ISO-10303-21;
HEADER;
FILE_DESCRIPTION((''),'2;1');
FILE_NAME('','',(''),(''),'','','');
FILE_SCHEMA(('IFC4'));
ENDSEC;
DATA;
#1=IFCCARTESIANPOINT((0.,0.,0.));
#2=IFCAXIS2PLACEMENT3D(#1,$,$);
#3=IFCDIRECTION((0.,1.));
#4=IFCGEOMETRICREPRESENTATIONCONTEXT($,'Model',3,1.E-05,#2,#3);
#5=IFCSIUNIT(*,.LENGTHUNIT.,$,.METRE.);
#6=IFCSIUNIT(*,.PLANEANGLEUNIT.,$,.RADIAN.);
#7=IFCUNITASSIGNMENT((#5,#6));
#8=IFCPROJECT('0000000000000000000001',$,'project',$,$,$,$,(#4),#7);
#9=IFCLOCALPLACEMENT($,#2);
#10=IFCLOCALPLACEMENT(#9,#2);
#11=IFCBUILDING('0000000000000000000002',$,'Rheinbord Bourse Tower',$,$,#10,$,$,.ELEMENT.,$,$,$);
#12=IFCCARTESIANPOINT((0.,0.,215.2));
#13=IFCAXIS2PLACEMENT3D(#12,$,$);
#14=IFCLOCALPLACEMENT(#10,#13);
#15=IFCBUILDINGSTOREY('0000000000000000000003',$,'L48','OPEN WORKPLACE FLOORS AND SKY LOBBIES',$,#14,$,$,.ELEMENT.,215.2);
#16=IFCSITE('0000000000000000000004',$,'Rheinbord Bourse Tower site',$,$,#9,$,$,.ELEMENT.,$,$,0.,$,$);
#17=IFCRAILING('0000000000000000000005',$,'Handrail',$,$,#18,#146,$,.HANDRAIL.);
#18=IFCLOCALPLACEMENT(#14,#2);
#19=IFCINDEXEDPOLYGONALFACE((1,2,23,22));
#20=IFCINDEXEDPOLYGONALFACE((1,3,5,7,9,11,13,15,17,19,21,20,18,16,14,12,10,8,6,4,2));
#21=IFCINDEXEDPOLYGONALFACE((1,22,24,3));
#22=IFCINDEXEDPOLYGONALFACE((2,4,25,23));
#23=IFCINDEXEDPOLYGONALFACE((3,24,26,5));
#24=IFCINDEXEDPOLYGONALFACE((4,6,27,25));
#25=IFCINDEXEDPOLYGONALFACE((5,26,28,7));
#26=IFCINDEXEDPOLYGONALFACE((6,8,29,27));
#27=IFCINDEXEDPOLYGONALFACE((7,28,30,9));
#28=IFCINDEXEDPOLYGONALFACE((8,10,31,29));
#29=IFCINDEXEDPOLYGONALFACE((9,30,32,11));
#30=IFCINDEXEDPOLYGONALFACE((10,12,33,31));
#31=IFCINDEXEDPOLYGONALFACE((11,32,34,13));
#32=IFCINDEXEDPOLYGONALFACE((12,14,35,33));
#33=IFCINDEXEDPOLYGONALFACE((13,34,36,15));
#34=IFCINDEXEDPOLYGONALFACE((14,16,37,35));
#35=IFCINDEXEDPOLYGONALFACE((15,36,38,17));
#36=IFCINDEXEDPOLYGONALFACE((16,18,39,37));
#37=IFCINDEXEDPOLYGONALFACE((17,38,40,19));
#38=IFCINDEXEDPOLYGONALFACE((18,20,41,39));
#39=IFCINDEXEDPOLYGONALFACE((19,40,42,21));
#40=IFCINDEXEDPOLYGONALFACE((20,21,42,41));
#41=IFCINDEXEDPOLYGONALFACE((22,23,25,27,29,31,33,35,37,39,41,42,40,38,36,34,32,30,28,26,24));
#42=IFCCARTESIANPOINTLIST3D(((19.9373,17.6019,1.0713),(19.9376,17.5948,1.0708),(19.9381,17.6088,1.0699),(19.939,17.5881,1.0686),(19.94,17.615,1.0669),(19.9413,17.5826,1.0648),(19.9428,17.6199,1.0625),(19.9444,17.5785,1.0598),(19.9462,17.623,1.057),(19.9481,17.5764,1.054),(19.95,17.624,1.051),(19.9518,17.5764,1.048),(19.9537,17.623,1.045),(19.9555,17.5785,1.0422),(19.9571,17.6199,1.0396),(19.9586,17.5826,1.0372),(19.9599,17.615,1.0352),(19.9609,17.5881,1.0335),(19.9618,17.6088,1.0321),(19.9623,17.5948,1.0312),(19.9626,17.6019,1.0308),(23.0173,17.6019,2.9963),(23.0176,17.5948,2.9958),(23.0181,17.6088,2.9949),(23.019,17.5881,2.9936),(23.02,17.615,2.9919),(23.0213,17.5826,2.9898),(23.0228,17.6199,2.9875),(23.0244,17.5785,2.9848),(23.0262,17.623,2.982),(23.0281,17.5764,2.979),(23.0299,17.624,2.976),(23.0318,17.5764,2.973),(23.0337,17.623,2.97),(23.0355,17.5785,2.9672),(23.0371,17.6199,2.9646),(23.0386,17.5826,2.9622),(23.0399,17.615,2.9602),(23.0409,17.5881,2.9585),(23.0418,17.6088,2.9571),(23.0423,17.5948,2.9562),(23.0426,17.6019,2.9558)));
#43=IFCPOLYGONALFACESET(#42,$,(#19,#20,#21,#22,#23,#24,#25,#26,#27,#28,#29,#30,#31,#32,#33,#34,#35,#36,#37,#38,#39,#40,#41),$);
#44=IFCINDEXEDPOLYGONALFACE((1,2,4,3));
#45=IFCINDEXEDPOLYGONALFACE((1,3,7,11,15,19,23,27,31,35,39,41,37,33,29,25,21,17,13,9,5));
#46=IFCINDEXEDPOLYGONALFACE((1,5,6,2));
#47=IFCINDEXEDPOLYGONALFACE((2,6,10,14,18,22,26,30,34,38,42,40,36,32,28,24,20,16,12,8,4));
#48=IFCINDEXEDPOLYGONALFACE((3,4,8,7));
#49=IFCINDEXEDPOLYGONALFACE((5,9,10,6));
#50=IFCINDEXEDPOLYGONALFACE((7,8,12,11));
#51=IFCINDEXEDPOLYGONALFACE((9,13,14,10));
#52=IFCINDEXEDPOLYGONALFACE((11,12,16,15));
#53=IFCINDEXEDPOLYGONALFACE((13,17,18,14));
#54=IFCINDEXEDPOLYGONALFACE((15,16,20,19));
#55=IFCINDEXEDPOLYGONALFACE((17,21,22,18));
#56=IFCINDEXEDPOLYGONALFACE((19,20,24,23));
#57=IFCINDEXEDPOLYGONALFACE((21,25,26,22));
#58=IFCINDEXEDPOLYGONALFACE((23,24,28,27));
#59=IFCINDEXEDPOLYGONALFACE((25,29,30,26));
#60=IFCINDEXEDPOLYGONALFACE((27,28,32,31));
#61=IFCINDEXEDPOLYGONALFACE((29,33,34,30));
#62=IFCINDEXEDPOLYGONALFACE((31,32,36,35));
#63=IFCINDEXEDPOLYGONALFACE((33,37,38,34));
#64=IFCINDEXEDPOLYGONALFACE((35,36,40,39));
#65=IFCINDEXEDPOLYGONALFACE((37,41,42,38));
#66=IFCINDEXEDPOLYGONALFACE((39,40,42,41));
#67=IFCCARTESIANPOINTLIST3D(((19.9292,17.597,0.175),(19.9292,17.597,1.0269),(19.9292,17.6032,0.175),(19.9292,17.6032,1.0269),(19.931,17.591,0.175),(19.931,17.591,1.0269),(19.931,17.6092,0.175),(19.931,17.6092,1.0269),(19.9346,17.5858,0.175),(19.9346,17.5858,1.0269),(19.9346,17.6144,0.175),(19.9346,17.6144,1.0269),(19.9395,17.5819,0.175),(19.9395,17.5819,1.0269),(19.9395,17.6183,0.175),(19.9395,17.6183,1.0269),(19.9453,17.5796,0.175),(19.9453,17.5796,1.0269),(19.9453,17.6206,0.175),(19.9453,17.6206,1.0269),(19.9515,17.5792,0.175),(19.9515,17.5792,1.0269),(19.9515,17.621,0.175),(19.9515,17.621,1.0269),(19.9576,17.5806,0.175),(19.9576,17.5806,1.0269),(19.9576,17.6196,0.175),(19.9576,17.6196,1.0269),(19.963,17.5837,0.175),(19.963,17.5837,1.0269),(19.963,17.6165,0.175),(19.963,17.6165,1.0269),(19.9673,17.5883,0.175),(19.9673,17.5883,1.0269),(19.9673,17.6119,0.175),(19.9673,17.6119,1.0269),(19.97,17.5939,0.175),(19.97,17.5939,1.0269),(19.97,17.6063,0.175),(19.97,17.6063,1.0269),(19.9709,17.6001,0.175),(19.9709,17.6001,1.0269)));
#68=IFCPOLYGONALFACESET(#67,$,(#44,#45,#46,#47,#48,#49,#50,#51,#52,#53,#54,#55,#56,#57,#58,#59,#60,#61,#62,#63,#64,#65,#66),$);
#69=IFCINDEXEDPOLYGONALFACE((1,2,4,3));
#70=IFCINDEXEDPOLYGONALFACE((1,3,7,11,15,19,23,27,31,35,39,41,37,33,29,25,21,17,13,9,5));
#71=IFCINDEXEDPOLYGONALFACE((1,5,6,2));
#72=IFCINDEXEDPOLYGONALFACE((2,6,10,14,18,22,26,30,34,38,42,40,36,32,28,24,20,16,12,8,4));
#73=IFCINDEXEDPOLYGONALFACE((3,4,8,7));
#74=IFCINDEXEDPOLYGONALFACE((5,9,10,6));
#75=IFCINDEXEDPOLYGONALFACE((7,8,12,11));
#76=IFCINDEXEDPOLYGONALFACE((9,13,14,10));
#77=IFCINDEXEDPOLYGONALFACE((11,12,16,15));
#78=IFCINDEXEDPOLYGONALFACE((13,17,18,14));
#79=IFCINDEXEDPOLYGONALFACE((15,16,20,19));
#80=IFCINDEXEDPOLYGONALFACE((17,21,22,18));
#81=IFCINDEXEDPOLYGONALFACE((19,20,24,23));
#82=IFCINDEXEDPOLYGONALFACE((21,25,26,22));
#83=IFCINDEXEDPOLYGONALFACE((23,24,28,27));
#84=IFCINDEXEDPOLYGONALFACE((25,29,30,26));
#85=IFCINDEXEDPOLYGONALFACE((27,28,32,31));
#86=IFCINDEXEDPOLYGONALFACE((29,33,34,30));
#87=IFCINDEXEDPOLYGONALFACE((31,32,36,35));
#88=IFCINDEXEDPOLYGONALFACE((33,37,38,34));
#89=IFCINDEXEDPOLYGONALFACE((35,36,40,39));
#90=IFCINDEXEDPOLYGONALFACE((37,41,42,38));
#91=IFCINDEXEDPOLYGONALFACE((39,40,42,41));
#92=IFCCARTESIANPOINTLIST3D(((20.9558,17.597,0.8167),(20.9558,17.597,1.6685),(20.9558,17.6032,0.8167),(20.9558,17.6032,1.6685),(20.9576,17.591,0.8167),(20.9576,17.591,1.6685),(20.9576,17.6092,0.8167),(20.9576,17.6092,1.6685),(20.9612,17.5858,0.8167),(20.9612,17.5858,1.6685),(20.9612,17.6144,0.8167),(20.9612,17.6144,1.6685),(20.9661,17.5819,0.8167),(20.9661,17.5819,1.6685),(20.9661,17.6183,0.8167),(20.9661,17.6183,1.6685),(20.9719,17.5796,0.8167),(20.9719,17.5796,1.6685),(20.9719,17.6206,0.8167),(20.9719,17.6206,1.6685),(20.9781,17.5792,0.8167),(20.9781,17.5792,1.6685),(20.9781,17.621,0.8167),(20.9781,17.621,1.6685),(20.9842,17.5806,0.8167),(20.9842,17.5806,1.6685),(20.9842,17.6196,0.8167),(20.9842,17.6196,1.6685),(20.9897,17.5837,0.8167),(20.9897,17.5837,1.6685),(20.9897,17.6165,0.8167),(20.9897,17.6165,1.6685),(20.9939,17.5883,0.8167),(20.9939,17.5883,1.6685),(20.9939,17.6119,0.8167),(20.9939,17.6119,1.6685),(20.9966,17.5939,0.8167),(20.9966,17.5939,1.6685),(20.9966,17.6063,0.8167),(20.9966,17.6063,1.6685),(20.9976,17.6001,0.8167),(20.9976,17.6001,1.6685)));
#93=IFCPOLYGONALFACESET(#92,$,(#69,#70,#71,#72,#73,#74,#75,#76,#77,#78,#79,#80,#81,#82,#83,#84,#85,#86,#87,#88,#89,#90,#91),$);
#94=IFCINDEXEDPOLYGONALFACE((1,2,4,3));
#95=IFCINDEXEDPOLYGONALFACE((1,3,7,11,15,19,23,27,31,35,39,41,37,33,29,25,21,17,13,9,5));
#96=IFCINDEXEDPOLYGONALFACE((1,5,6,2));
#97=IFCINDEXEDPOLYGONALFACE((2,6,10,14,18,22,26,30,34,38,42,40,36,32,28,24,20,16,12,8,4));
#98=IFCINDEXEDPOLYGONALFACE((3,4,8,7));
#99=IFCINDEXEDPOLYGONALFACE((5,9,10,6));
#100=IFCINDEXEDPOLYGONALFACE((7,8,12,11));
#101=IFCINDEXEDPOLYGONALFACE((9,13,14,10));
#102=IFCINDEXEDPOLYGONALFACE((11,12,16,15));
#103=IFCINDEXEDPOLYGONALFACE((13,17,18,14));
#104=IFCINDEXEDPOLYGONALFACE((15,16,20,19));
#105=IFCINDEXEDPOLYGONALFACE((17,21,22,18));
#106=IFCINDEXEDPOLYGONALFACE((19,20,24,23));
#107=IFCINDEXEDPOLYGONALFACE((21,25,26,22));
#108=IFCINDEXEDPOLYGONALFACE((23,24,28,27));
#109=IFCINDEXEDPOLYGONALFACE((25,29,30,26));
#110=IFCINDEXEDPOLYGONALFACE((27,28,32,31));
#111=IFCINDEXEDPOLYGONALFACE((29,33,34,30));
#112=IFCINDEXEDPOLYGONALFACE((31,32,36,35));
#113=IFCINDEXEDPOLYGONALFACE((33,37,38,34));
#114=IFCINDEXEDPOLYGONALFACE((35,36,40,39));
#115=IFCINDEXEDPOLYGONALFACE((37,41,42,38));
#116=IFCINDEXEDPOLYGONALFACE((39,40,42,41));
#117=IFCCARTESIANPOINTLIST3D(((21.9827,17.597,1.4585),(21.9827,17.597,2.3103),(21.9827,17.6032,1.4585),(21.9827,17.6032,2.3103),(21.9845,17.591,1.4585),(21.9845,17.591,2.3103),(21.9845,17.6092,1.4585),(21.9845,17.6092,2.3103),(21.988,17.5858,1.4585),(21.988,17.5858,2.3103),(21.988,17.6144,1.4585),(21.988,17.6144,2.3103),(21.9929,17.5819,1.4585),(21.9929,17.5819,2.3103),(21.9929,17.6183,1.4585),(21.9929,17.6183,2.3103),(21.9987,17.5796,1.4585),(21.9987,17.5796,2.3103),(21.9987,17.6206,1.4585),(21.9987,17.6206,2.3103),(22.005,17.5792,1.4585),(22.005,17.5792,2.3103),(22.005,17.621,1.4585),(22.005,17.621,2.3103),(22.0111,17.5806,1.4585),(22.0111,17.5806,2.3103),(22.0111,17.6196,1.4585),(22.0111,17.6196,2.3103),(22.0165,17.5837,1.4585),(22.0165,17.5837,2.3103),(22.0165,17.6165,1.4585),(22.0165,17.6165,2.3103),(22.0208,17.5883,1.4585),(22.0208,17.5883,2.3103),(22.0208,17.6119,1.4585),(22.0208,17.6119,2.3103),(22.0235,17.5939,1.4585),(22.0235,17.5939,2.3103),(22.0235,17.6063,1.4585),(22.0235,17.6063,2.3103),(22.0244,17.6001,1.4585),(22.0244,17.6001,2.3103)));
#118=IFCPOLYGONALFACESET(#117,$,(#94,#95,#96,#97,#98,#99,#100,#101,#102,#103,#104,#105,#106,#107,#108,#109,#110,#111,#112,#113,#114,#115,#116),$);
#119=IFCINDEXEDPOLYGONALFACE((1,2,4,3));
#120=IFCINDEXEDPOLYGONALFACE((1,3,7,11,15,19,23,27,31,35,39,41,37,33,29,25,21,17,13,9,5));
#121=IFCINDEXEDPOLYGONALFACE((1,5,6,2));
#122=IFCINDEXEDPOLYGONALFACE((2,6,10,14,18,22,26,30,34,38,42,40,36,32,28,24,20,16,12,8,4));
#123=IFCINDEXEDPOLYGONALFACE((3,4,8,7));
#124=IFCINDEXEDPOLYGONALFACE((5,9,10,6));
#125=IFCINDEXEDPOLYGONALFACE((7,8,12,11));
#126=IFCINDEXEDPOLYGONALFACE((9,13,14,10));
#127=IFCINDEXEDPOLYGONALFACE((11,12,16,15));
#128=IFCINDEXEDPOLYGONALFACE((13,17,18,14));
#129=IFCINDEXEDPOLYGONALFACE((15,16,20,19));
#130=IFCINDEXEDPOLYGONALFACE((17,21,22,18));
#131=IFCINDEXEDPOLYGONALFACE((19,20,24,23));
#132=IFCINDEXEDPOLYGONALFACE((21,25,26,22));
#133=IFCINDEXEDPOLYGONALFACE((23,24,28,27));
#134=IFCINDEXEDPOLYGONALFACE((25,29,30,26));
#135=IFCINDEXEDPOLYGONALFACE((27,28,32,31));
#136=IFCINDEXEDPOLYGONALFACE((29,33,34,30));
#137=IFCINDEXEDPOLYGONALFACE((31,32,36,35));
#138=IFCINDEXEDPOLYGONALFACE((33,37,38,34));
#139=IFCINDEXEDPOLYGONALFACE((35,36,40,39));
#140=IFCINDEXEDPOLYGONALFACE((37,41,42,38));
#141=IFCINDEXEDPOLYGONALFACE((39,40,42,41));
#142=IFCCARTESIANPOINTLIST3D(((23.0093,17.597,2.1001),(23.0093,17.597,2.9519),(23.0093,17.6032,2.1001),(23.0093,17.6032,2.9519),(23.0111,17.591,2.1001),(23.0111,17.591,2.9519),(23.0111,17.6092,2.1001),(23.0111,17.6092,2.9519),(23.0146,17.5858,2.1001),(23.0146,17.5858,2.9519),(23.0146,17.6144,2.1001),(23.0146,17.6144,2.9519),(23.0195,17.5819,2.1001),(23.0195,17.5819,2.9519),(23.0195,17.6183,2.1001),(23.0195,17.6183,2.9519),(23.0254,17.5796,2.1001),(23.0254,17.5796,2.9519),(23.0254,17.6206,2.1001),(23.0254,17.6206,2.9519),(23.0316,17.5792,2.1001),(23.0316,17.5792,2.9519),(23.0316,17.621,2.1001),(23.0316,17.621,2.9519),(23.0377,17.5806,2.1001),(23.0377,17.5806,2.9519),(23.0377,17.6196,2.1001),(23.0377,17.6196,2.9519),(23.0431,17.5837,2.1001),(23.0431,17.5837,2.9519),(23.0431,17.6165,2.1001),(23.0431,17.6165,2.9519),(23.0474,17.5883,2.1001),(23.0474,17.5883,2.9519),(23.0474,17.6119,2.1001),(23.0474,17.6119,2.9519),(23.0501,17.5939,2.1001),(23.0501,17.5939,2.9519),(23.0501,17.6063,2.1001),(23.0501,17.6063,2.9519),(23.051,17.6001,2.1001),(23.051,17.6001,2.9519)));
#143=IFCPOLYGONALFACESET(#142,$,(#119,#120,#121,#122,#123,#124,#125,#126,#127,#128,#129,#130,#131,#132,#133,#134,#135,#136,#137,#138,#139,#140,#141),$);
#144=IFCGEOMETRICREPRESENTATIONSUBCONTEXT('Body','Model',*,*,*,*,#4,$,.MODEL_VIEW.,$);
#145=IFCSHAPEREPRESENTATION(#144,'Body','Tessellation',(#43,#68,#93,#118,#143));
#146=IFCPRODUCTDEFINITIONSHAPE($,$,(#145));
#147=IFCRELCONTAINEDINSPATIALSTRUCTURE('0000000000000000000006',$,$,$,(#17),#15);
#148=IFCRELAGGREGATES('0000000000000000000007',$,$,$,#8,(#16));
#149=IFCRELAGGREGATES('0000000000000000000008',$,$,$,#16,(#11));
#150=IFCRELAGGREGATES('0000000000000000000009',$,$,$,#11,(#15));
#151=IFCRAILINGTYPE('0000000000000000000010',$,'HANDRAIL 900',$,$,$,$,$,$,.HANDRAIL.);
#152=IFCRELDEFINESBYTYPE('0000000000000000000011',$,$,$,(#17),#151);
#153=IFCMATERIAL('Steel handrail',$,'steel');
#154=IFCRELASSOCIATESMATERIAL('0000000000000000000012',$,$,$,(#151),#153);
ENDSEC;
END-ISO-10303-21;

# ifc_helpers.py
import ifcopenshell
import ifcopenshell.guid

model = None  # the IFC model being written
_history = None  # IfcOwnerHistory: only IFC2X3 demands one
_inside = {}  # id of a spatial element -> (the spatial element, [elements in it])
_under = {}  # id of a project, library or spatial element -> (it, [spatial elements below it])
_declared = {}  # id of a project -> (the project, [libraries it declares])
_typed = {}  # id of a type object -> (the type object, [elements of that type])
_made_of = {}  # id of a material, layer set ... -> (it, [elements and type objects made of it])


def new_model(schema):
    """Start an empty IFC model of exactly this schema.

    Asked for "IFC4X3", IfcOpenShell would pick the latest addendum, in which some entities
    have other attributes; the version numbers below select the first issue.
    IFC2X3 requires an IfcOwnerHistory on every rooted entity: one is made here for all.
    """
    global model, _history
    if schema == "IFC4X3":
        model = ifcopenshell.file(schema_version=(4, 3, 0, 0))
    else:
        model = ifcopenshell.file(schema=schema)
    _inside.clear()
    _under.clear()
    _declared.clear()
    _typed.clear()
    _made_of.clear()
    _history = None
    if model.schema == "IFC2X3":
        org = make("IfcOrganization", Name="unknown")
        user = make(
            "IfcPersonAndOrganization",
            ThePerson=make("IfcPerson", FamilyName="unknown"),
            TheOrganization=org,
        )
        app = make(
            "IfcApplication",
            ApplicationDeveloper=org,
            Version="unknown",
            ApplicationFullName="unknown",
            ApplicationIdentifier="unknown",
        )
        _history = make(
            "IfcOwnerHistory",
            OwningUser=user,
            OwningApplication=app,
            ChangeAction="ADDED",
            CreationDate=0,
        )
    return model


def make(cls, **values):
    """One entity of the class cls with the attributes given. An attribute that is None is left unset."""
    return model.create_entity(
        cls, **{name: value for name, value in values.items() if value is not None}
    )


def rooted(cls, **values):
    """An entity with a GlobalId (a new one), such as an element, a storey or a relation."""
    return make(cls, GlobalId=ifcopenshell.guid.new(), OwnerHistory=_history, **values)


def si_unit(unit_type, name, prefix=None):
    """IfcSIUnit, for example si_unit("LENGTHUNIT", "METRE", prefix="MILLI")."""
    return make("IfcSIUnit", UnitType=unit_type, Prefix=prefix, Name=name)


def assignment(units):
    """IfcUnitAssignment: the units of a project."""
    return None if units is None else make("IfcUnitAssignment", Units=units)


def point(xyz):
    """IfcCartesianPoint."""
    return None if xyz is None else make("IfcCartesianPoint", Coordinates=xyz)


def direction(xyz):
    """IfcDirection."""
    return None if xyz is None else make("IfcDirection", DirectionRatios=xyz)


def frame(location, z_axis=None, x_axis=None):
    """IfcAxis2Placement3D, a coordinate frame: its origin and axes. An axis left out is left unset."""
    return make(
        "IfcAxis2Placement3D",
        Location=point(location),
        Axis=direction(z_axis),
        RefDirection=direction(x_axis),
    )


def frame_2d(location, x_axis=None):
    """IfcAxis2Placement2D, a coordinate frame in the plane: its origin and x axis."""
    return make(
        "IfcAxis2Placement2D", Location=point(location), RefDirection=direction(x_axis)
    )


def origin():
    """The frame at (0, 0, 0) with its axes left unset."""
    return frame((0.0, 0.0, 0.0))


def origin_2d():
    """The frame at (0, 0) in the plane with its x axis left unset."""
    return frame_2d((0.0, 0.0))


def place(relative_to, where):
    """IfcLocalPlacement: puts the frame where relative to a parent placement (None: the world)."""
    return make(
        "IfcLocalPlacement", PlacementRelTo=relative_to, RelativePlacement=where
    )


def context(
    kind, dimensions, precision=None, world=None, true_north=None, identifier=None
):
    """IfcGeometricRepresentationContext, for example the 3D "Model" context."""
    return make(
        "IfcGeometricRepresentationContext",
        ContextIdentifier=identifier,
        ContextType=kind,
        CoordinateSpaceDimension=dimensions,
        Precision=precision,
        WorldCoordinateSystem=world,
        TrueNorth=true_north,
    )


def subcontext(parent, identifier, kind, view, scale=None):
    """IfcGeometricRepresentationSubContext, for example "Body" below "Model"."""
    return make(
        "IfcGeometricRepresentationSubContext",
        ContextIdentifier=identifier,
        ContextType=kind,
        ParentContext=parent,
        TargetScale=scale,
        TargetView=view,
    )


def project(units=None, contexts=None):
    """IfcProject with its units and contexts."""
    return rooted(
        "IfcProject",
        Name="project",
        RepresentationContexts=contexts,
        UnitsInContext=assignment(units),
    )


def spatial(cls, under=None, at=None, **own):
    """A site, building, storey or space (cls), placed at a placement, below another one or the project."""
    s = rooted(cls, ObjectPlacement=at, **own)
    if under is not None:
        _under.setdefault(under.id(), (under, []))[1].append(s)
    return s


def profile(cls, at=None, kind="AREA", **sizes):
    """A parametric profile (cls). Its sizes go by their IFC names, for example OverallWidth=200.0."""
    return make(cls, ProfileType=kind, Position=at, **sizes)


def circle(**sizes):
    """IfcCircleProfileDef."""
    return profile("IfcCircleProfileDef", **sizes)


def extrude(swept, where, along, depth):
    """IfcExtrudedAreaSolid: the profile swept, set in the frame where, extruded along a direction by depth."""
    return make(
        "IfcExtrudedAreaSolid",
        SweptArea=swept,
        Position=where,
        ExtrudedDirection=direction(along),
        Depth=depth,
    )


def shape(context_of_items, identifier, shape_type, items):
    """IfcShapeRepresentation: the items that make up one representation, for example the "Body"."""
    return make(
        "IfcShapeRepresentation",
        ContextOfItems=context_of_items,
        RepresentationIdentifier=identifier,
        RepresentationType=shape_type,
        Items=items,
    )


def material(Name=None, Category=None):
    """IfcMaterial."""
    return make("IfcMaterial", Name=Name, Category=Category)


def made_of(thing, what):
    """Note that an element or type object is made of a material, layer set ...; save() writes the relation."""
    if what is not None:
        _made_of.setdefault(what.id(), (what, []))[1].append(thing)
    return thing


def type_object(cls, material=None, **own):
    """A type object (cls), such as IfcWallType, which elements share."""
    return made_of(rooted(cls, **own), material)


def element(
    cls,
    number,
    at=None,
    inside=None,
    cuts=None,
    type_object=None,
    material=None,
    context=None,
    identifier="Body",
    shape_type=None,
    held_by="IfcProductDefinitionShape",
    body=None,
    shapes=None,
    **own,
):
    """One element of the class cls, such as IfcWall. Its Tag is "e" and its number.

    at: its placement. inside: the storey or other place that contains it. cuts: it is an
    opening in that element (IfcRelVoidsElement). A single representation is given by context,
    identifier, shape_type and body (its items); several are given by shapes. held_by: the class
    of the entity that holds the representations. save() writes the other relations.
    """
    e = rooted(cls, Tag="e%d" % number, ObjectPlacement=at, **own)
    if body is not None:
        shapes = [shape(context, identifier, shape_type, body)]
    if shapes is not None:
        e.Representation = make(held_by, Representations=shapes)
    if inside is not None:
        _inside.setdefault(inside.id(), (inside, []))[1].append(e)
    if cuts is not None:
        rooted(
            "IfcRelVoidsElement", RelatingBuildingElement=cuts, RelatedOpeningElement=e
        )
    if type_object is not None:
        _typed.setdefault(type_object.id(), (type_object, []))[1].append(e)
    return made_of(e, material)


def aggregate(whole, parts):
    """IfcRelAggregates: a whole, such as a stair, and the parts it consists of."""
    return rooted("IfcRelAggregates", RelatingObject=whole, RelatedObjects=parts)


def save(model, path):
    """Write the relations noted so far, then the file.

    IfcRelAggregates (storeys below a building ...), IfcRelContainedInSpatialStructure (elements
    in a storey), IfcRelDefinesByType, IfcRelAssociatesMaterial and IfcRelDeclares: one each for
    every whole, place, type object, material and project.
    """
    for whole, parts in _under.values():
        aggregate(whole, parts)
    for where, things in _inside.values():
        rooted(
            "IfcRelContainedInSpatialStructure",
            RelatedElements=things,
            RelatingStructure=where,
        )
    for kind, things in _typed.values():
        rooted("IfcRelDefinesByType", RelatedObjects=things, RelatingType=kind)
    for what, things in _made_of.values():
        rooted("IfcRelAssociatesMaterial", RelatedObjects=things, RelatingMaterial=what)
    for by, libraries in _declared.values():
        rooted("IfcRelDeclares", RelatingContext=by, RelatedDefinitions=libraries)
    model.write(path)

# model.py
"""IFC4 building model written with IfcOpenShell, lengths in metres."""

from ifc_helpers import new_model, si_unit, direction, frame, origin, origin_2d, place, context, subcontext, project, spatial, circle, extrude, material, type_object, element, save


model = new_model("IFC4")

# Units and contexts
model_context = context("Model", 3, precision=1e-05, world=origin(), true_north=direction((0.0, 1.0)))
body_context = subcontext(model_context, "Body", "Model", "MODEL_VIEW")
ifc_project = project(units=[si_unit("LENGTHUNIT", "METRE"), si_unit("PLANEANGLEUNIT", "RADIAN")], contexts=[model_context])

# Site, building, storey
site_placement = place(None, origin())
site = spatial("IfcSite", under=ifc_project, at=site_placement, Name="Rheinbord Bourse Tower site", CompositionType="ELEMENT", RefElevation=0.0)
building_placement = place(site_placement, origin())
building = spatial("IfcBuilding", under=site, at=building_placement, Name="Rheinbord Bourse Tower", CompositionType="ELEMENT")
storey_placement = place(building_placement, frame((0.0, 0.0, 215.2)))
storey = spatial("IfcBuildingStorey", under=building, at=storey_placement, Name="L48", Description="OPEN WORKPLACE FLOORS AND SKY LOBBIES", CompositionType="ELEMENT", Elevation=215.2)

# Railing
ifc_material_1 = material(Name="Steel handrail", Category="steel")
railing_type = type_object("IfcRailingType", Name="HANDRAIL 900", PredefinedType="HANDRAIL", material=ifc_material_1)
railing_1_placement = place(storey_placement, frame((19.95, 17.6001, 0.175)))
element("IfcRailing", 1, at=railing_1_placement, inside=storey, type_object=railing_type, Name="Handrail", PredefinedType="HANDRAIL", context=body_context, shape_type="SweptSolid", body=[
    extrude(circle(Radius=0.0239, at=origin_2d()), frame((0.0, 0.0, 0.876), z_axis=(0.847998, 0.0, 0.529999), x_axis=(0.0, 1.0, 0.0)), (0.0, 0.0, 1.0), 3.6321),
    extrude(circle(Radius=0.021, at=origin_2d()), origin(), (0.0, 0.0, 1.0), 0.8518),
    extrude(circle(Radius=0.021, at=origin_2d()), frame((1.0266, 0.0, 0.6416)), (0.0, 0.0, 1.0), 0.8518),
    extrude(circle(Radius=0.021, at=origin_2d()), frame((2.0535, 0.0, 1.2834)), (0.0, 0.0, 1.0), 0.8518),
    extrude(circle(Radius=0.021, at=origin_2d()), frame((3.0801, 0.0, 1.925)), (0.0, 0.0, 1.0), 0.8518),
])

save(model, "model.ifc")
